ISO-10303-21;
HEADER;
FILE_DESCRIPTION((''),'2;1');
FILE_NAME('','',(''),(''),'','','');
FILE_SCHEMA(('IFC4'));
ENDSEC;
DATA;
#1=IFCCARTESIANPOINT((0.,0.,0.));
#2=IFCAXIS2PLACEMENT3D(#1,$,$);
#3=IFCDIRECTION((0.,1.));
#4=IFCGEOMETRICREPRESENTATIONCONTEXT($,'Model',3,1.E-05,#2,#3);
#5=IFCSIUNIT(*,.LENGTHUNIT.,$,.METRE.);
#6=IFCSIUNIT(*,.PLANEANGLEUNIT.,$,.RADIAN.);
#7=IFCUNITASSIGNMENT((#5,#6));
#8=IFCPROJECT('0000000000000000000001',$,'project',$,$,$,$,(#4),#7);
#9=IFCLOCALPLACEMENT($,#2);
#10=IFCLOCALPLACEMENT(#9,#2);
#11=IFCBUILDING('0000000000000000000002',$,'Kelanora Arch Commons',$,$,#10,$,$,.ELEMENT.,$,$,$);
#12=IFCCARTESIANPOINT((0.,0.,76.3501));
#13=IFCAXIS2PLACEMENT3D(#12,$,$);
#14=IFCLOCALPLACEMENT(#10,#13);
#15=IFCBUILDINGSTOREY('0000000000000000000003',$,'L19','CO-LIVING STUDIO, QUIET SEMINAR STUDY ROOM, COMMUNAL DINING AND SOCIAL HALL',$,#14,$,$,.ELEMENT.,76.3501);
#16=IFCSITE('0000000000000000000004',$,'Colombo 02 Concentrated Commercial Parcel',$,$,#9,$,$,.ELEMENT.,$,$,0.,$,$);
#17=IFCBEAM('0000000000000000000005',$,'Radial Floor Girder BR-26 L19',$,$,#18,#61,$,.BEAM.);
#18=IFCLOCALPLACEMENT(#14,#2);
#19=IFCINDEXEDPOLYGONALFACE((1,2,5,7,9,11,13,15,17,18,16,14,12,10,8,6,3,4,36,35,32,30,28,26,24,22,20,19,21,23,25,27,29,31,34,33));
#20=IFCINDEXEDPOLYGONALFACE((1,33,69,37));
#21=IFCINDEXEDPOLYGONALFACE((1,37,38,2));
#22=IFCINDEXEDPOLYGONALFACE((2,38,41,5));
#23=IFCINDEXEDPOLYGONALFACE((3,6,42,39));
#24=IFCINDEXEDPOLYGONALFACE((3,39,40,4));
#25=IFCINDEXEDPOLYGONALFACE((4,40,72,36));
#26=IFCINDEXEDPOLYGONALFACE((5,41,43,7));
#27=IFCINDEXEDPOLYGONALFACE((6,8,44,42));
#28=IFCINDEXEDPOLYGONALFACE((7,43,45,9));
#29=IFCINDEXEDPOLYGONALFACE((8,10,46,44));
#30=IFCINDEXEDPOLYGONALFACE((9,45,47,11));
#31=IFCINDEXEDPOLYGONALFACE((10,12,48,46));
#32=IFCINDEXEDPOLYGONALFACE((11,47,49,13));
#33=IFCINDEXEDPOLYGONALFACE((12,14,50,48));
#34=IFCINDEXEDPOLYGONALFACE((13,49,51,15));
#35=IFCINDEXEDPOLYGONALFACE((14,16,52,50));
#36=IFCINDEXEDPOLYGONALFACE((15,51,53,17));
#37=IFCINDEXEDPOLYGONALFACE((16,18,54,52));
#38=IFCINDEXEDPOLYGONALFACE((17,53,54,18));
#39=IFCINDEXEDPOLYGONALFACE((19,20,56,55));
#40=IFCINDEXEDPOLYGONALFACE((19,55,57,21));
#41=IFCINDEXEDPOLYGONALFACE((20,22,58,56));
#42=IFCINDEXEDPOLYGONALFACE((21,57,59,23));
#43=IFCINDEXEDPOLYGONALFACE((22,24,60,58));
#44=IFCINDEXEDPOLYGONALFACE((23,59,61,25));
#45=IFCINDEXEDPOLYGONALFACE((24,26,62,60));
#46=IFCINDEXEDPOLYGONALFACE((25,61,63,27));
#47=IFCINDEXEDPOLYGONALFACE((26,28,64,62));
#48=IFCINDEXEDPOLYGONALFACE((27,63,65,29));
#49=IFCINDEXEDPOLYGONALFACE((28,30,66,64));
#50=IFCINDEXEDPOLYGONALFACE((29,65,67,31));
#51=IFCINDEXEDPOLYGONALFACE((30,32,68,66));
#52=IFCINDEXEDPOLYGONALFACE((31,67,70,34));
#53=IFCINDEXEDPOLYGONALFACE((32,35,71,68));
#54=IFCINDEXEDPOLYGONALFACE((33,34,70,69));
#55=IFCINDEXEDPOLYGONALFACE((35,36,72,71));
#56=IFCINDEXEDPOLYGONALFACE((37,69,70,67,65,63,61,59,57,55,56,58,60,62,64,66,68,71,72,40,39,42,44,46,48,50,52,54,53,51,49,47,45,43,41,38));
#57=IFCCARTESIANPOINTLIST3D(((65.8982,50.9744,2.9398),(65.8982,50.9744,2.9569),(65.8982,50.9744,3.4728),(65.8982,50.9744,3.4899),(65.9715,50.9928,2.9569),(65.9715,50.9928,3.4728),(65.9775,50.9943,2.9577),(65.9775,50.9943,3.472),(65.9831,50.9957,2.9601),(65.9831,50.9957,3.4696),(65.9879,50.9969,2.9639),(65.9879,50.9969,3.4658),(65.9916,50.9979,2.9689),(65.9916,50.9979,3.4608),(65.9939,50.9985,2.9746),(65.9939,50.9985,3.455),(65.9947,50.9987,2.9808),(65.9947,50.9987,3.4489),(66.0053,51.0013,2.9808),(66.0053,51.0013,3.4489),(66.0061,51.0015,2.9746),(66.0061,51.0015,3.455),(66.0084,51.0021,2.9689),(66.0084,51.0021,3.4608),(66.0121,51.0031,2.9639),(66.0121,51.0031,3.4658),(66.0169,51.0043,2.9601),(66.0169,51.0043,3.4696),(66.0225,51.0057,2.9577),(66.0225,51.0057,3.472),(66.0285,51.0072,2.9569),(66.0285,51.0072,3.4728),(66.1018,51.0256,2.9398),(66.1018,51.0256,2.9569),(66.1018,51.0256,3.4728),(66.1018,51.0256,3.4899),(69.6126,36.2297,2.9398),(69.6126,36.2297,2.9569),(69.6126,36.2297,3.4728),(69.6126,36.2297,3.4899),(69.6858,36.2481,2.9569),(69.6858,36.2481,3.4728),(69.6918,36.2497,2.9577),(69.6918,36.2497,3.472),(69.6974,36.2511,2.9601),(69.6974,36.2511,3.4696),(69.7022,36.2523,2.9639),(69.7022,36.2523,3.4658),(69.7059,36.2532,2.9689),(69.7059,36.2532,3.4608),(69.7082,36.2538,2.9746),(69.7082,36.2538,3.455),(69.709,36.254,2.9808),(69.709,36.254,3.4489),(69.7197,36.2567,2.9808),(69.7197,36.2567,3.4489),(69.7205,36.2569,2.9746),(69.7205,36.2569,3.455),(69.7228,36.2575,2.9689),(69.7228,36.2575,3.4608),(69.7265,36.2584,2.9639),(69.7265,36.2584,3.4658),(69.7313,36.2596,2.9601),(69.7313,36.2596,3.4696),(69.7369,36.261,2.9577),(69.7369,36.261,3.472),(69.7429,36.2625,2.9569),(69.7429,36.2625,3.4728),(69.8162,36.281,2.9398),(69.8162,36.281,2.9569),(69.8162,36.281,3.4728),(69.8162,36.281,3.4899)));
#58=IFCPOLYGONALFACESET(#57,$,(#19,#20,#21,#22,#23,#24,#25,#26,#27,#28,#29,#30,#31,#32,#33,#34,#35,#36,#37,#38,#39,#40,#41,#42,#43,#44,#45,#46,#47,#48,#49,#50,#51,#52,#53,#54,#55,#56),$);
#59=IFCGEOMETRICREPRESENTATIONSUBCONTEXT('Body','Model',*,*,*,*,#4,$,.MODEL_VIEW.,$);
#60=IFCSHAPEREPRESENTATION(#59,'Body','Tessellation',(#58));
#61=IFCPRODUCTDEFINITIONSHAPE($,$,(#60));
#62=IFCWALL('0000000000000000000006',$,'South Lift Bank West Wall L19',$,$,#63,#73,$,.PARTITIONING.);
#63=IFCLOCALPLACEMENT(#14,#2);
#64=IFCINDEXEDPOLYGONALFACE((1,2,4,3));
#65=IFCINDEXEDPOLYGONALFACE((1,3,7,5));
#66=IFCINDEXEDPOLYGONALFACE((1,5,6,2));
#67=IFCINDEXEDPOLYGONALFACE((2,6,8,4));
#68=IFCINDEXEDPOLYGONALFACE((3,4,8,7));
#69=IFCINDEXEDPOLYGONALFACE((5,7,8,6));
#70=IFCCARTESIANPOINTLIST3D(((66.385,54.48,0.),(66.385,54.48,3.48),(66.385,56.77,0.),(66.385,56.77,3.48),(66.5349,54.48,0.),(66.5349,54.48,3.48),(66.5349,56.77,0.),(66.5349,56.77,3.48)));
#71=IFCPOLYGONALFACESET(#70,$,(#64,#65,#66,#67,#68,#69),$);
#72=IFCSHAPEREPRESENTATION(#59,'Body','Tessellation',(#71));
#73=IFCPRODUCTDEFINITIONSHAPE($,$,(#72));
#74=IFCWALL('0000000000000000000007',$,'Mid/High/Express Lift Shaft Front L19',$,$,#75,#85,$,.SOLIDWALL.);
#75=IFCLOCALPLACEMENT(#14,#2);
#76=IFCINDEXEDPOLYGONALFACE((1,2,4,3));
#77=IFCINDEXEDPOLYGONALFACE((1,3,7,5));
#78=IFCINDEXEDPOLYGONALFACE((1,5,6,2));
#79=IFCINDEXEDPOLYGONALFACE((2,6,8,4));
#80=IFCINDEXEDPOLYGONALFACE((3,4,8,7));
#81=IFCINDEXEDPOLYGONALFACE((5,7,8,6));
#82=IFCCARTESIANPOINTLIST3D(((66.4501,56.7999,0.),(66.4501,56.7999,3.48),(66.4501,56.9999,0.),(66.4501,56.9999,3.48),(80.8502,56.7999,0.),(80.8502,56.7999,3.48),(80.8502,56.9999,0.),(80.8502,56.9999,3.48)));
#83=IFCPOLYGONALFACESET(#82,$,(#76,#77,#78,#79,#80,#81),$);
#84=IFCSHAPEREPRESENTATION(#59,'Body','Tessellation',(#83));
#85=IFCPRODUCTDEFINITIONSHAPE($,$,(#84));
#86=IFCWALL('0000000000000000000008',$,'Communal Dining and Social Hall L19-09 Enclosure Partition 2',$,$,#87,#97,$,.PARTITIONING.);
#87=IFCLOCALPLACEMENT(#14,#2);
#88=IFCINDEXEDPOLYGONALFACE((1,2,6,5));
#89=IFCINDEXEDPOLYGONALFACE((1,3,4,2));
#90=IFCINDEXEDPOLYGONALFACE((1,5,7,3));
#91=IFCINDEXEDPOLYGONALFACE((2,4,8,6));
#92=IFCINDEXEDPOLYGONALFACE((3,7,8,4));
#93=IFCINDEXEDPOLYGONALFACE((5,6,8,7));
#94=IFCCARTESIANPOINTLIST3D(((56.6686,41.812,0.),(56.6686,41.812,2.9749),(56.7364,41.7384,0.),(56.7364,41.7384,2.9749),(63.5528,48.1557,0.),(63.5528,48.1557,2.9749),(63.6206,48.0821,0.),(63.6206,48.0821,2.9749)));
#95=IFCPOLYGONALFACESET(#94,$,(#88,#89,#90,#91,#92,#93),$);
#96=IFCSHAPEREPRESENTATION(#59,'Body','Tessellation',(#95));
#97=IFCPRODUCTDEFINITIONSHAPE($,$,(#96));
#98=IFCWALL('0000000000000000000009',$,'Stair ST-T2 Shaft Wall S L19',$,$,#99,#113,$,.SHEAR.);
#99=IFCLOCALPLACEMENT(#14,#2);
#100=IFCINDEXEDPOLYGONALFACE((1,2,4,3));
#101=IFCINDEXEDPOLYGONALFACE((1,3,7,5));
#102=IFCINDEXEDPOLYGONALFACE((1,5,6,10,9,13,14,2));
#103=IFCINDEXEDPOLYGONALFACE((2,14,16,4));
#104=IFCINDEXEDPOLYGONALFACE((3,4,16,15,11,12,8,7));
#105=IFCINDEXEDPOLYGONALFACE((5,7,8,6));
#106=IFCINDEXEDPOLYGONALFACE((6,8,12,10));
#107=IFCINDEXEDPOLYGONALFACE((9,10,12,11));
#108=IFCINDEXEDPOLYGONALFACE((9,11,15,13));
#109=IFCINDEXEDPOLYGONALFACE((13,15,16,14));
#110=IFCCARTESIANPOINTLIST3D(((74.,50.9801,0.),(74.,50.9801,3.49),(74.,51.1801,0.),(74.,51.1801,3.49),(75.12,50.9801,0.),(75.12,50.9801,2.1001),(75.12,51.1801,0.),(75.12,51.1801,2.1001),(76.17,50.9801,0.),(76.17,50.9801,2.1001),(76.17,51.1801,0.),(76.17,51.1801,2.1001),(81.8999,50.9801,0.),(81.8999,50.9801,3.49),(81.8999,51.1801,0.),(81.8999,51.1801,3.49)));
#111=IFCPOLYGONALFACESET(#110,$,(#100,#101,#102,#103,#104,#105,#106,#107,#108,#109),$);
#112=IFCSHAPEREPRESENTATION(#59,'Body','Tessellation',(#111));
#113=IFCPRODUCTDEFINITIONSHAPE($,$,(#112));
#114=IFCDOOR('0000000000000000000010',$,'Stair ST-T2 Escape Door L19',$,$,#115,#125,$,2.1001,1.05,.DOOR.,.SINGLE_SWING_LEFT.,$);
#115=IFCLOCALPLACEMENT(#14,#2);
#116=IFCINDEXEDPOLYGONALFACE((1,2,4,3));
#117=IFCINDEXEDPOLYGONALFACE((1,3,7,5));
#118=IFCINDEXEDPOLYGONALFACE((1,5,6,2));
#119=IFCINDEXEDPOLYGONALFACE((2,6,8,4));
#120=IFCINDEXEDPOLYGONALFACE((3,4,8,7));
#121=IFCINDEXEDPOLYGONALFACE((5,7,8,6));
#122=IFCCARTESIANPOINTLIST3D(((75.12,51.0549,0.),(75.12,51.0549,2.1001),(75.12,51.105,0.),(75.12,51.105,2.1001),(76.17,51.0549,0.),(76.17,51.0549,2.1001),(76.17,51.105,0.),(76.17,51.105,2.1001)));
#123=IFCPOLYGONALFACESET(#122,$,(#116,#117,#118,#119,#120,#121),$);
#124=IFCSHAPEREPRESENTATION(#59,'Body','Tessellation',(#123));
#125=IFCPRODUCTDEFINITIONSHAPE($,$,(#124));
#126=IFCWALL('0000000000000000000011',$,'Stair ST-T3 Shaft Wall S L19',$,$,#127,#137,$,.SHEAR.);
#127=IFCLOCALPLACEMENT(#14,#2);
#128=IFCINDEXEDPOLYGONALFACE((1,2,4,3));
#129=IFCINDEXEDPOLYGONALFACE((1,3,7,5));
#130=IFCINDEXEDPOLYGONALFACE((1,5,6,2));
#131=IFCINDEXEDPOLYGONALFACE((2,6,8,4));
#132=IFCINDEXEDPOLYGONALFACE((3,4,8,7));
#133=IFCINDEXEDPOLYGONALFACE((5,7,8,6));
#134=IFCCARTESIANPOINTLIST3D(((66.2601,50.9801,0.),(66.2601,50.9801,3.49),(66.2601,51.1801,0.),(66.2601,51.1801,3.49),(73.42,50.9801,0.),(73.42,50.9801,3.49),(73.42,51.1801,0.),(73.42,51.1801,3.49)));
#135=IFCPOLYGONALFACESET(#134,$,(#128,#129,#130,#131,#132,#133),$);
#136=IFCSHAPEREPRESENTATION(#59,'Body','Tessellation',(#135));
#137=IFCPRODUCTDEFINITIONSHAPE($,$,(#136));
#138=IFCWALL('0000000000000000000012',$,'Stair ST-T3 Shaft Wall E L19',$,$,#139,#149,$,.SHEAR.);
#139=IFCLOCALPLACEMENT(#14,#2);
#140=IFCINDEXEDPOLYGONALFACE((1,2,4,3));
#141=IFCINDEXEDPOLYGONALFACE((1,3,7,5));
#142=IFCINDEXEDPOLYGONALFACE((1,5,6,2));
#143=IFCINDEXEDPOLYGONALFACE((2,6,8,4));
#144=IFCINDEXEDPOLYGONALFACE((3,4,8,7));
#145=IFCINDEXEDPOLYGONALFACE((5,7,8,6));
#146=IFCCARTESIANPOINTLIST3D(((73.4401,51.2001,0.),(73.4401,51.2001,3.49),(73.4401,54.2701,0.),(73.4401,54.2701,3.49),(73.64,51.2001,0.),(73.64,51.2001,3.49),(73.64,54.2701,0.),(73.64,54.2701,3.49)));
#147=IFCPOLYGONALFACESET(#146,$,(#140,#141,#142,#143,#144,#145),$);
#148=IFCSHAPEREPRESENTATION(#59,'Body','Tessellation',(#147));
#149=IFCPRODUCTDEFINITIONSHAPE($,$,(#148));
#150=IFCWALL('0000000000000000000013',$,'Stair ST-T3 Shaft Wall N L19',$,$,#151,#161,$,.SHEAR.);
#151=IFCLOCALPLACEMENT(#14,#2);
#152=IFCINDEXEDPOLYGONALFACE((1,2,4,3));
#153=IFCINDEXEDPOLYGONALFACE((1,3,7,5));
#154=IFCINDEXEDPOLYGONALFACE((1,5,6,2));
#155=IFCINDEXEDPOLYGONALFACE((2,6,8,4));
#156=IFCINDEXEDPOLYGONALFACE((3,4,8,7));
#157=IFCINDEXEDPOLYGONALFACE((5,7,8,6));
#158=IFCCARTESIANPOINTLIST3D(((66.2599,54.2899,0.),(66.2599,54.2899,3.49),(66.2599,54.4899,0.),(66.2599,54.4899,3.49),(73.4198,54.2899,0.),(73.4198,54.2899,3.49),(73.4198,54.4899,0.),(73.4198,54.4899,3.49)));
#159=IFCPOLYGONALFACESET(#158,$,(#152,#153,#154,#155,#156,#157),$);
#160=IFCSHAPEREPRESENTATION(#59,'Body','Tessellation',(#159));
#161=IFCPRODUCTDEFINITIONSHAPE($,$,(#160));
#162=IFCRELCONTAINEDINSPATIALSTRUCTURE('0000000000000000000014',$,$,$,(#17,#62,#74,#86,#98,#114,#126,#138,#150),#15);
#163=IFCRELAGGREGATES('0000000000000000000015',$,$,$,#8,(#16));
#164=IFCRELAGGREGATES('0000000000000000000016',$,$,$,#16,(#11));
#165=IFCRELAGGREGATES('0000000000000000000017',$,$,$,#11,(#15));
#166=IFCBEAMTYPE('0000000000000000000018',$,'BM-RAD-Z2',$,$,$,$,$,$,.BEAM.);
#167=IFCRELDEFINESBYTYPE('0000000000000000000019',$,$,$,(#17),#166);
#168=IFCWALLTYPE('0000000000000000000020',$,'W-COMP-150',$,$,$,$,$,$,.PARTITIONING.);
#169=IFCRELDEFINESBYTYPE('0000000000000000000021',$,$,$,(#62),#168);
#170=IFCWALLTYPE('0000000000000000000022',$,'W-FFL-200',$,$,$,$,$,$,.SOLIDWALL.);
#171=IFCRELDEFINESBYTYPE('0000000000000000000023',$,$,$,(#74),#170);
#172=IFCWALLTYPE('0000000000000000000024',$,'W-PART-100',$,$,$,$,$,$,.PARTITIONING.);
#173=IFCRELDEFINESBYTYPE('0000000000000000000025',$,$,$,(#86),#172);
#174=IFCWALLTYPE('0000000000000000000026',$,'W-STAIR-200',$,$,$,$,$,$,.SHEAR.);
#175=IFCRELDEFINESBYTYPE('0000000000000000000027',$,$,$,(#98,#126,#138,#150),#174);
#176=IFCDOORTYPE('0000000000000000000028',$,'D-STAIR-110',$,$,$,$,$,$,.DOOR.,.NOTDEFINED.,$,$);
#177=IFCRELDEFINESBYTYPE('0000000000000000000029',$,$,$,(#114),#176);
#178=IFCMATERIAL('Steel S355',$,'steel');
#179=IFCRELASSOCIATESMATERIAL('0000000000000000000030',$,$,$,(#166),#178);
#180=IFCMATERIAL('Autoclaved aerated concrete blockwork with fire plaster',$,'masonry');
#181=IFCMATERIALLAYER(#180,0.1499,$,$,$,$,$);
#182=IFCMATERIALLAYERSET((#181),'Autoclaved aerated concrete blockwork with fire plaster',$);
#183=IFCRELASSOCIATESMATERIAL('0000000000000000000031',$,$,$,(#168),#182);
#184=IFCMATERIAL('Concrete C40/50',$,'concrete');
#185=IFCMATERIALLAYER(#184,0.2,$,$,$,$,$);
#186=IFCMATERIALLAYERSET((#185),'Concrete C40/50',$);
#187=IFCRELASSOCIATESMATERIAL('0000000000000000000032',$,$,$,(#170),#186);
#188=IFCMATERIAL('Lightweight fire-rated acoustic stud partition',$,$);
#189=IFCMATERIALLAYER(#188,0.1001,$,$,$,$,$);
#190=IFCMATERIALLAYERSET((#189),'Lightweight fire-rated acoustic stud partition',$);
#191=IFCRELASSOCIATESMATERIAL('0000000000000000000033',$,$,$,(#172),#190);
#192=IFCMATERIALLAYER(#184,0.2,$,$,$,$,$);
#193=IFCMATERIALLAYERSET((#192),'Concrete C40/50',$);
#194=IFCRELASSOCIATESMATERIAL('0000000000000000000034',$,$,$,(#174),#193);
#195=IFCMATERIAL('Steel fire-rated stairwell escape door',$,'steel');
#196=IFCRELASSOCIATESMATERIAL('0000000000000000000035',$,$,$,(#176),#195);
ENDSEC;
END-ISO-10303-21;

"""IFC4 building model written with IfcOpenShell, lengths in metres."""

from ifc_helpers import new_model, si_unit, direction, frame, frame_2d, origin, origin_2d, place, context, subcontext, project, spatial, rectangle, i_section, extrude, material, layer, layer_set, material_profile, profile_set, type_object, element, fill, save


model = new_model("IFC4")

# Units and contexts
model_context = context("Model", 3, precision=1e-05, world=origin(), true_north=direction((0.0, 1.0)))
body_context = subcontext(model_context, "Body", "Model", "MODEL_VIEW")
ifc_project = project(units=[si_unit("LENGTHUNIT", "METRE"), si_unit("PLANEANGLEUNIT", "RADIAN")], contexts=[model_context])

# Site, building, storey
site_placement = place(None, origin())
site = spatial("IfcSite", under=ifc_project, at=site_placement, Name="Colombo 02 Concentrated Commercial Parcel", CompositionType="ELEMENT", RefElevation=0.0)
building_placement = place(site_placement, origin())
building = spatial("IfcBuilding", under=site, at=building_placement, Name="Kelanora Arch Commons", CompositionType="ELEMENT")
storey_placement = place(building_placement, frame((0.0, 0.0, 76.3501)))
storey = spatial("IfcBuildingStorey", under=building, at=storey_placement, Name="L19", Description="CO-LIVING STUDIO, QUIET SEMINAR STUDY ROOM, COMMUNAL DINING AND SOCIAL HALL", CompositionType="ELEMENT", Elevation=76.3501)

# Beam
ifc_material_1 = material(Name="Steel S355", Category="steel")
ifc_material_profile_1 = material_profile(ifc_material_1, i_section(OverallWidth=0.21, OverallDepth=0.55, WebThickness=0.011, FlangeThickness=0.0171, FilletRadius=0.0239, at=origin_2d()), Name="IPE550")
ifc_profile_set_1 = profile_set([ifc_material_profile_1], Name="Steel S355")
beam_type_1 = type_object("IfcBeamType", Name="BM-RAD-Z2", PredefinedType="BEAM", material=ifc_profile_set_1)
beam_1_placement = place(storey_placement, frame((66.0, 51.0, 3.2148), z_axis=(0.244281, -0.969705, 0.0), x_axis=(0.969705, 0.244281, 0.0)))
element("IfcBeam", 1, at=beam_1_placement, inside=storey, type_object=beam_type_1, Name="Radial Floor Girder BR-26 L19", PredefinedType="BEAM", context=body_context, shape_type="SweptSolid", body=[
    extrude(i_section(OverallWidth=0.21, OverallDepth=0.55, WebThickness=0.011, FlangeThickness=0.0171, FilletRadius=0.0239, at=origin_2d()), origin(), (0.0, 0.0, 1.0), 15.2053),
])

# Walls
ifc_material_2 = material(Name="Autoclaved aerated concrete blockwork with fire plaster", Category="masonry")
ifc_layer_1 = layer(ifc_material_2, 0.1499)
ifc_layer_set_1 = layer_set([ifc_layer_1], Name="Autoclaved aerated concrete blockwork with fire plaster")
wall_type_1 = type_object("IfcWallType", Name="W-COMP-150", PredefinedType="PARTITIONING", material=ifc_layer_set_1)
wall_1_placement = place(storey_placement, frame((66.46, 54.48, 0.0), z_axis=(0.0, 0.0, 1.0), x_axis=(0.0, 1.0, 0.0)))
element("IfcWall", 2, at=wall_1_placement, inside=storey, type_object=wall_type_1, Name="South Lift Bank West Wall L19", PredefinedType="PARTITIONING", context=body_context, shape_type="SweptSolid", body=[
    extrude(rectangle(XDim=2.29, YDim=0.1499, at=frame_2d((1.145, 0.0))), origin(), (0.0, 0.0, 1.0), 3.48),
])
ifc_material_3 = material(Name="Concrete C40/50", Category="concrete")
ifc_layer_2 = layer(ifc_material_3, 0.2)
ifc_layer_set_2 = layer_set([ifc_layer_2], Name="Concrete C40/50")
wall_type_2 = type_object("IfcWallType", Name="W-FFL-200", PredefinedType="SOLIDWALL", material=ifc_layer_set_2)
wall_2_placement = place(storey_placement, frame((66.45, 56.8999, 0.0), z_axis=(0.0, 0.0, 1.0), x_axis=(1.0, 0.0, 0.0)))
element("IfcWall", 3, at=wall_2_placement, inside=storey, type_object=wall_type_2, Name="Mid/High/Express Lift Shaft Front L19", PredefinedType="SOLIDWALL", context=body_context, shape_type="SweptSolid", body=[
    extrude(rectangle(XDim=14.4001, YDim=0.2, at=frame_2d((7.2002, 0.0))), origin(), (0.0, 0.0, 1.0), 3.48),
])
ifc_material_4 = material(Name="Lightweight fire-rated acoustic stud partition")
ifc_layer_3 = layer(ifc_material_4, 0.1001)
ifc_layer_set_3 = layer_set([ifc_layer_3], Name="Lightweight fire-rated acoustic stud partition")
wall_type_3 = type_object("IfcWallType", Name="W-PART-100", PredefinedType="PARTITIONING", material=ifc_layer_set_3)
wall_3_placement = place(storey_placement, frame((63.5867, 48.1189, 0.0), z_axis=(0.0, 0.0, 1.0), x_axis=(-0.735387, -0.677647, 0.0)))
element("IfcWall", 4, at=wall_3_placement, inside=storey, type_object=wall_type_3, Name="Communal Dining and Social Hall L19-09 Enclosure Partition 2", PredefinedType="PARTITIONING", context=body_context, shape_type="SweptSolid", body=[
    extrude(rectangle(XDim=9.3613, YDim=0.1001, at=frame_2d((4.6807, 0.0))), origin(), (0.0, 0.0, 1.0), 2.9749),
])

# Wall, opening, door
ifc_layer_4 = layer(ifc_material_3, 0.2)
ifc_layer_set_4 = layer_set([ifc_layer_4], Name="Concrete C40/50")
wall_type_4 = type_object("IfcWallType", Name="W-STAIR-200", PredefinedType="SHEAR", material=ifc_layer_set_4)
wall_4_placement = place(storey_placement, frame((74.0, 51.0801, 0.0), z_axis=(0.0, 0.0, 1.0), x_axis=(1.0, 0.0, 0.0)))
wall_4 = element("IfcWall", 5, at=wall_4_placement, inside=storey, type_object=wall_type_4, Name="Stair ST-T2 Shaft Wall S L19", PredefinedType="SHEAR", context=body_context, shape_type="SweptSolid", body=[
    extrude(rectangle(XDim=7.8999, YDim=0.2, at=frame_2d((3.95, 0.0))), origin(), (0.0, 0.0, 1.0), 3.49),
])
opening_1_placement = place(wall_4_placement, frame((1.1201, 0.0, 0.0)))
opening_1 = element("IfcOpeningElement", 6, at=opening_1_placement, cuts=wall_4, PredefinedType="OPENING", context=body_context, shape_type="SweptSolid", body=[
    extrude(rectangle(XDim=1.05, YDim=2.1001, at=frame_2d((0.5249, 1.05))), frame((0.0, 0.1099, 0.0), z_axis=(0.0, -1.0, 0.0), x_axis=(1.0, 0.0, 0.0)), (0.0, 0.0, 1.0), 0.22),
])
ifc_material_5 = material(Name="Steel fire-rated stairwell escape door", Category="steel")
door_type = type_object("IfcDoorType", Name="D-STAIR-110", OperationType="NOTDEFINED", PredefinedType="DOOR", material=ifc_material_5)
door_1_placement = place(opening_1_placement, origin())
door_1 = element("IfcDoor", 7, at=door_1_placement, inside=storey, type_object=door_type, Name="Stair ST-T2 Escape Door L19", OperationType="SINGLE_SWING_LEFT", OverallHeight=2.1001, OverallWidth=1.05, PredefinedType="DOOR", context=body_context, shape_type="SweptSolid", body=[
    extrude(rectangle(XDim=1.05, YDim=2.1001, at=frame_2d((0.5249, 1.05))), frame((0.0, 0.0249, 0.0), z_axis=(0.0, -1.0, 0.0), x_axis=(1.0, 0.0, 0.0)), (0.0, 0.0, 1.0), 0.05),
])
fill(opening_1, door_1)

# Walls
wall_5_placement = place(storey_placement, frame((66.26, 51.0801, 0.0), z_axis=(0.0, 0.0, 1.0), x_axis=(1.0, 0.0, 0.0)))
element("IfcWall", 8, at=wall_5_placement, inside=storey, type_object=wall_type_4, Name="Stair ST-T3 Shaft Wall S L19", PredefinedType="SHEAR", context=body_context, shape_type="SweptSolid", body=[
    extrude(rectangle(XDim=7.1599, YDim=0.2, at=frame_2d((3.5801, 0.0))), origin(), (0.0, 0.0, 1.0), 3.49),
])
wall_6_placement = place(storey_placement, frame((73.54, 51.2, 0.0), z_axis=(0.0, 0.0, 1.0), x_axis=(0.0, 1.0, 0.0)))
element("IfcWall", 9, at=wall_6_placement, inside=storey, type_object=wall_type_4, Name="Stair ST-T3 Shaft Wall E L19", PredefinedType="SHEAR", context=body_context, shape_type="SweptSolid", body=[
    extrude(rectangle(XDim=3.0701, YDim=0.2, at=frame_2d((1.5352, 0.0))), origin(), (0.0, 0.0, 1.0), 3.49),
])
wall_7_placement = place(storey_placement, frame((73.4199, 54.3899, 0.0), z_axis=(0.0, 0.0, 1.0), x_axis=(-1.0, 0.0, 0.0)))
element("IfcWall", 10, at=wall_7_placement, inside=storey, type_object=wall_type_4, Name="Stair ST-T3 Shaft Wall N L19", PredefinedType="SHEAR", context=body_context, shape_type="SweptSolid", body=[
    extrude(rectangle(XDim=7.1599, YDim=0.2, at=frame_2d((3.5801, 0.0))), origin(), (0.0, 0.0, 1.0), 3.49),
])

save(model, "model.ifc")
